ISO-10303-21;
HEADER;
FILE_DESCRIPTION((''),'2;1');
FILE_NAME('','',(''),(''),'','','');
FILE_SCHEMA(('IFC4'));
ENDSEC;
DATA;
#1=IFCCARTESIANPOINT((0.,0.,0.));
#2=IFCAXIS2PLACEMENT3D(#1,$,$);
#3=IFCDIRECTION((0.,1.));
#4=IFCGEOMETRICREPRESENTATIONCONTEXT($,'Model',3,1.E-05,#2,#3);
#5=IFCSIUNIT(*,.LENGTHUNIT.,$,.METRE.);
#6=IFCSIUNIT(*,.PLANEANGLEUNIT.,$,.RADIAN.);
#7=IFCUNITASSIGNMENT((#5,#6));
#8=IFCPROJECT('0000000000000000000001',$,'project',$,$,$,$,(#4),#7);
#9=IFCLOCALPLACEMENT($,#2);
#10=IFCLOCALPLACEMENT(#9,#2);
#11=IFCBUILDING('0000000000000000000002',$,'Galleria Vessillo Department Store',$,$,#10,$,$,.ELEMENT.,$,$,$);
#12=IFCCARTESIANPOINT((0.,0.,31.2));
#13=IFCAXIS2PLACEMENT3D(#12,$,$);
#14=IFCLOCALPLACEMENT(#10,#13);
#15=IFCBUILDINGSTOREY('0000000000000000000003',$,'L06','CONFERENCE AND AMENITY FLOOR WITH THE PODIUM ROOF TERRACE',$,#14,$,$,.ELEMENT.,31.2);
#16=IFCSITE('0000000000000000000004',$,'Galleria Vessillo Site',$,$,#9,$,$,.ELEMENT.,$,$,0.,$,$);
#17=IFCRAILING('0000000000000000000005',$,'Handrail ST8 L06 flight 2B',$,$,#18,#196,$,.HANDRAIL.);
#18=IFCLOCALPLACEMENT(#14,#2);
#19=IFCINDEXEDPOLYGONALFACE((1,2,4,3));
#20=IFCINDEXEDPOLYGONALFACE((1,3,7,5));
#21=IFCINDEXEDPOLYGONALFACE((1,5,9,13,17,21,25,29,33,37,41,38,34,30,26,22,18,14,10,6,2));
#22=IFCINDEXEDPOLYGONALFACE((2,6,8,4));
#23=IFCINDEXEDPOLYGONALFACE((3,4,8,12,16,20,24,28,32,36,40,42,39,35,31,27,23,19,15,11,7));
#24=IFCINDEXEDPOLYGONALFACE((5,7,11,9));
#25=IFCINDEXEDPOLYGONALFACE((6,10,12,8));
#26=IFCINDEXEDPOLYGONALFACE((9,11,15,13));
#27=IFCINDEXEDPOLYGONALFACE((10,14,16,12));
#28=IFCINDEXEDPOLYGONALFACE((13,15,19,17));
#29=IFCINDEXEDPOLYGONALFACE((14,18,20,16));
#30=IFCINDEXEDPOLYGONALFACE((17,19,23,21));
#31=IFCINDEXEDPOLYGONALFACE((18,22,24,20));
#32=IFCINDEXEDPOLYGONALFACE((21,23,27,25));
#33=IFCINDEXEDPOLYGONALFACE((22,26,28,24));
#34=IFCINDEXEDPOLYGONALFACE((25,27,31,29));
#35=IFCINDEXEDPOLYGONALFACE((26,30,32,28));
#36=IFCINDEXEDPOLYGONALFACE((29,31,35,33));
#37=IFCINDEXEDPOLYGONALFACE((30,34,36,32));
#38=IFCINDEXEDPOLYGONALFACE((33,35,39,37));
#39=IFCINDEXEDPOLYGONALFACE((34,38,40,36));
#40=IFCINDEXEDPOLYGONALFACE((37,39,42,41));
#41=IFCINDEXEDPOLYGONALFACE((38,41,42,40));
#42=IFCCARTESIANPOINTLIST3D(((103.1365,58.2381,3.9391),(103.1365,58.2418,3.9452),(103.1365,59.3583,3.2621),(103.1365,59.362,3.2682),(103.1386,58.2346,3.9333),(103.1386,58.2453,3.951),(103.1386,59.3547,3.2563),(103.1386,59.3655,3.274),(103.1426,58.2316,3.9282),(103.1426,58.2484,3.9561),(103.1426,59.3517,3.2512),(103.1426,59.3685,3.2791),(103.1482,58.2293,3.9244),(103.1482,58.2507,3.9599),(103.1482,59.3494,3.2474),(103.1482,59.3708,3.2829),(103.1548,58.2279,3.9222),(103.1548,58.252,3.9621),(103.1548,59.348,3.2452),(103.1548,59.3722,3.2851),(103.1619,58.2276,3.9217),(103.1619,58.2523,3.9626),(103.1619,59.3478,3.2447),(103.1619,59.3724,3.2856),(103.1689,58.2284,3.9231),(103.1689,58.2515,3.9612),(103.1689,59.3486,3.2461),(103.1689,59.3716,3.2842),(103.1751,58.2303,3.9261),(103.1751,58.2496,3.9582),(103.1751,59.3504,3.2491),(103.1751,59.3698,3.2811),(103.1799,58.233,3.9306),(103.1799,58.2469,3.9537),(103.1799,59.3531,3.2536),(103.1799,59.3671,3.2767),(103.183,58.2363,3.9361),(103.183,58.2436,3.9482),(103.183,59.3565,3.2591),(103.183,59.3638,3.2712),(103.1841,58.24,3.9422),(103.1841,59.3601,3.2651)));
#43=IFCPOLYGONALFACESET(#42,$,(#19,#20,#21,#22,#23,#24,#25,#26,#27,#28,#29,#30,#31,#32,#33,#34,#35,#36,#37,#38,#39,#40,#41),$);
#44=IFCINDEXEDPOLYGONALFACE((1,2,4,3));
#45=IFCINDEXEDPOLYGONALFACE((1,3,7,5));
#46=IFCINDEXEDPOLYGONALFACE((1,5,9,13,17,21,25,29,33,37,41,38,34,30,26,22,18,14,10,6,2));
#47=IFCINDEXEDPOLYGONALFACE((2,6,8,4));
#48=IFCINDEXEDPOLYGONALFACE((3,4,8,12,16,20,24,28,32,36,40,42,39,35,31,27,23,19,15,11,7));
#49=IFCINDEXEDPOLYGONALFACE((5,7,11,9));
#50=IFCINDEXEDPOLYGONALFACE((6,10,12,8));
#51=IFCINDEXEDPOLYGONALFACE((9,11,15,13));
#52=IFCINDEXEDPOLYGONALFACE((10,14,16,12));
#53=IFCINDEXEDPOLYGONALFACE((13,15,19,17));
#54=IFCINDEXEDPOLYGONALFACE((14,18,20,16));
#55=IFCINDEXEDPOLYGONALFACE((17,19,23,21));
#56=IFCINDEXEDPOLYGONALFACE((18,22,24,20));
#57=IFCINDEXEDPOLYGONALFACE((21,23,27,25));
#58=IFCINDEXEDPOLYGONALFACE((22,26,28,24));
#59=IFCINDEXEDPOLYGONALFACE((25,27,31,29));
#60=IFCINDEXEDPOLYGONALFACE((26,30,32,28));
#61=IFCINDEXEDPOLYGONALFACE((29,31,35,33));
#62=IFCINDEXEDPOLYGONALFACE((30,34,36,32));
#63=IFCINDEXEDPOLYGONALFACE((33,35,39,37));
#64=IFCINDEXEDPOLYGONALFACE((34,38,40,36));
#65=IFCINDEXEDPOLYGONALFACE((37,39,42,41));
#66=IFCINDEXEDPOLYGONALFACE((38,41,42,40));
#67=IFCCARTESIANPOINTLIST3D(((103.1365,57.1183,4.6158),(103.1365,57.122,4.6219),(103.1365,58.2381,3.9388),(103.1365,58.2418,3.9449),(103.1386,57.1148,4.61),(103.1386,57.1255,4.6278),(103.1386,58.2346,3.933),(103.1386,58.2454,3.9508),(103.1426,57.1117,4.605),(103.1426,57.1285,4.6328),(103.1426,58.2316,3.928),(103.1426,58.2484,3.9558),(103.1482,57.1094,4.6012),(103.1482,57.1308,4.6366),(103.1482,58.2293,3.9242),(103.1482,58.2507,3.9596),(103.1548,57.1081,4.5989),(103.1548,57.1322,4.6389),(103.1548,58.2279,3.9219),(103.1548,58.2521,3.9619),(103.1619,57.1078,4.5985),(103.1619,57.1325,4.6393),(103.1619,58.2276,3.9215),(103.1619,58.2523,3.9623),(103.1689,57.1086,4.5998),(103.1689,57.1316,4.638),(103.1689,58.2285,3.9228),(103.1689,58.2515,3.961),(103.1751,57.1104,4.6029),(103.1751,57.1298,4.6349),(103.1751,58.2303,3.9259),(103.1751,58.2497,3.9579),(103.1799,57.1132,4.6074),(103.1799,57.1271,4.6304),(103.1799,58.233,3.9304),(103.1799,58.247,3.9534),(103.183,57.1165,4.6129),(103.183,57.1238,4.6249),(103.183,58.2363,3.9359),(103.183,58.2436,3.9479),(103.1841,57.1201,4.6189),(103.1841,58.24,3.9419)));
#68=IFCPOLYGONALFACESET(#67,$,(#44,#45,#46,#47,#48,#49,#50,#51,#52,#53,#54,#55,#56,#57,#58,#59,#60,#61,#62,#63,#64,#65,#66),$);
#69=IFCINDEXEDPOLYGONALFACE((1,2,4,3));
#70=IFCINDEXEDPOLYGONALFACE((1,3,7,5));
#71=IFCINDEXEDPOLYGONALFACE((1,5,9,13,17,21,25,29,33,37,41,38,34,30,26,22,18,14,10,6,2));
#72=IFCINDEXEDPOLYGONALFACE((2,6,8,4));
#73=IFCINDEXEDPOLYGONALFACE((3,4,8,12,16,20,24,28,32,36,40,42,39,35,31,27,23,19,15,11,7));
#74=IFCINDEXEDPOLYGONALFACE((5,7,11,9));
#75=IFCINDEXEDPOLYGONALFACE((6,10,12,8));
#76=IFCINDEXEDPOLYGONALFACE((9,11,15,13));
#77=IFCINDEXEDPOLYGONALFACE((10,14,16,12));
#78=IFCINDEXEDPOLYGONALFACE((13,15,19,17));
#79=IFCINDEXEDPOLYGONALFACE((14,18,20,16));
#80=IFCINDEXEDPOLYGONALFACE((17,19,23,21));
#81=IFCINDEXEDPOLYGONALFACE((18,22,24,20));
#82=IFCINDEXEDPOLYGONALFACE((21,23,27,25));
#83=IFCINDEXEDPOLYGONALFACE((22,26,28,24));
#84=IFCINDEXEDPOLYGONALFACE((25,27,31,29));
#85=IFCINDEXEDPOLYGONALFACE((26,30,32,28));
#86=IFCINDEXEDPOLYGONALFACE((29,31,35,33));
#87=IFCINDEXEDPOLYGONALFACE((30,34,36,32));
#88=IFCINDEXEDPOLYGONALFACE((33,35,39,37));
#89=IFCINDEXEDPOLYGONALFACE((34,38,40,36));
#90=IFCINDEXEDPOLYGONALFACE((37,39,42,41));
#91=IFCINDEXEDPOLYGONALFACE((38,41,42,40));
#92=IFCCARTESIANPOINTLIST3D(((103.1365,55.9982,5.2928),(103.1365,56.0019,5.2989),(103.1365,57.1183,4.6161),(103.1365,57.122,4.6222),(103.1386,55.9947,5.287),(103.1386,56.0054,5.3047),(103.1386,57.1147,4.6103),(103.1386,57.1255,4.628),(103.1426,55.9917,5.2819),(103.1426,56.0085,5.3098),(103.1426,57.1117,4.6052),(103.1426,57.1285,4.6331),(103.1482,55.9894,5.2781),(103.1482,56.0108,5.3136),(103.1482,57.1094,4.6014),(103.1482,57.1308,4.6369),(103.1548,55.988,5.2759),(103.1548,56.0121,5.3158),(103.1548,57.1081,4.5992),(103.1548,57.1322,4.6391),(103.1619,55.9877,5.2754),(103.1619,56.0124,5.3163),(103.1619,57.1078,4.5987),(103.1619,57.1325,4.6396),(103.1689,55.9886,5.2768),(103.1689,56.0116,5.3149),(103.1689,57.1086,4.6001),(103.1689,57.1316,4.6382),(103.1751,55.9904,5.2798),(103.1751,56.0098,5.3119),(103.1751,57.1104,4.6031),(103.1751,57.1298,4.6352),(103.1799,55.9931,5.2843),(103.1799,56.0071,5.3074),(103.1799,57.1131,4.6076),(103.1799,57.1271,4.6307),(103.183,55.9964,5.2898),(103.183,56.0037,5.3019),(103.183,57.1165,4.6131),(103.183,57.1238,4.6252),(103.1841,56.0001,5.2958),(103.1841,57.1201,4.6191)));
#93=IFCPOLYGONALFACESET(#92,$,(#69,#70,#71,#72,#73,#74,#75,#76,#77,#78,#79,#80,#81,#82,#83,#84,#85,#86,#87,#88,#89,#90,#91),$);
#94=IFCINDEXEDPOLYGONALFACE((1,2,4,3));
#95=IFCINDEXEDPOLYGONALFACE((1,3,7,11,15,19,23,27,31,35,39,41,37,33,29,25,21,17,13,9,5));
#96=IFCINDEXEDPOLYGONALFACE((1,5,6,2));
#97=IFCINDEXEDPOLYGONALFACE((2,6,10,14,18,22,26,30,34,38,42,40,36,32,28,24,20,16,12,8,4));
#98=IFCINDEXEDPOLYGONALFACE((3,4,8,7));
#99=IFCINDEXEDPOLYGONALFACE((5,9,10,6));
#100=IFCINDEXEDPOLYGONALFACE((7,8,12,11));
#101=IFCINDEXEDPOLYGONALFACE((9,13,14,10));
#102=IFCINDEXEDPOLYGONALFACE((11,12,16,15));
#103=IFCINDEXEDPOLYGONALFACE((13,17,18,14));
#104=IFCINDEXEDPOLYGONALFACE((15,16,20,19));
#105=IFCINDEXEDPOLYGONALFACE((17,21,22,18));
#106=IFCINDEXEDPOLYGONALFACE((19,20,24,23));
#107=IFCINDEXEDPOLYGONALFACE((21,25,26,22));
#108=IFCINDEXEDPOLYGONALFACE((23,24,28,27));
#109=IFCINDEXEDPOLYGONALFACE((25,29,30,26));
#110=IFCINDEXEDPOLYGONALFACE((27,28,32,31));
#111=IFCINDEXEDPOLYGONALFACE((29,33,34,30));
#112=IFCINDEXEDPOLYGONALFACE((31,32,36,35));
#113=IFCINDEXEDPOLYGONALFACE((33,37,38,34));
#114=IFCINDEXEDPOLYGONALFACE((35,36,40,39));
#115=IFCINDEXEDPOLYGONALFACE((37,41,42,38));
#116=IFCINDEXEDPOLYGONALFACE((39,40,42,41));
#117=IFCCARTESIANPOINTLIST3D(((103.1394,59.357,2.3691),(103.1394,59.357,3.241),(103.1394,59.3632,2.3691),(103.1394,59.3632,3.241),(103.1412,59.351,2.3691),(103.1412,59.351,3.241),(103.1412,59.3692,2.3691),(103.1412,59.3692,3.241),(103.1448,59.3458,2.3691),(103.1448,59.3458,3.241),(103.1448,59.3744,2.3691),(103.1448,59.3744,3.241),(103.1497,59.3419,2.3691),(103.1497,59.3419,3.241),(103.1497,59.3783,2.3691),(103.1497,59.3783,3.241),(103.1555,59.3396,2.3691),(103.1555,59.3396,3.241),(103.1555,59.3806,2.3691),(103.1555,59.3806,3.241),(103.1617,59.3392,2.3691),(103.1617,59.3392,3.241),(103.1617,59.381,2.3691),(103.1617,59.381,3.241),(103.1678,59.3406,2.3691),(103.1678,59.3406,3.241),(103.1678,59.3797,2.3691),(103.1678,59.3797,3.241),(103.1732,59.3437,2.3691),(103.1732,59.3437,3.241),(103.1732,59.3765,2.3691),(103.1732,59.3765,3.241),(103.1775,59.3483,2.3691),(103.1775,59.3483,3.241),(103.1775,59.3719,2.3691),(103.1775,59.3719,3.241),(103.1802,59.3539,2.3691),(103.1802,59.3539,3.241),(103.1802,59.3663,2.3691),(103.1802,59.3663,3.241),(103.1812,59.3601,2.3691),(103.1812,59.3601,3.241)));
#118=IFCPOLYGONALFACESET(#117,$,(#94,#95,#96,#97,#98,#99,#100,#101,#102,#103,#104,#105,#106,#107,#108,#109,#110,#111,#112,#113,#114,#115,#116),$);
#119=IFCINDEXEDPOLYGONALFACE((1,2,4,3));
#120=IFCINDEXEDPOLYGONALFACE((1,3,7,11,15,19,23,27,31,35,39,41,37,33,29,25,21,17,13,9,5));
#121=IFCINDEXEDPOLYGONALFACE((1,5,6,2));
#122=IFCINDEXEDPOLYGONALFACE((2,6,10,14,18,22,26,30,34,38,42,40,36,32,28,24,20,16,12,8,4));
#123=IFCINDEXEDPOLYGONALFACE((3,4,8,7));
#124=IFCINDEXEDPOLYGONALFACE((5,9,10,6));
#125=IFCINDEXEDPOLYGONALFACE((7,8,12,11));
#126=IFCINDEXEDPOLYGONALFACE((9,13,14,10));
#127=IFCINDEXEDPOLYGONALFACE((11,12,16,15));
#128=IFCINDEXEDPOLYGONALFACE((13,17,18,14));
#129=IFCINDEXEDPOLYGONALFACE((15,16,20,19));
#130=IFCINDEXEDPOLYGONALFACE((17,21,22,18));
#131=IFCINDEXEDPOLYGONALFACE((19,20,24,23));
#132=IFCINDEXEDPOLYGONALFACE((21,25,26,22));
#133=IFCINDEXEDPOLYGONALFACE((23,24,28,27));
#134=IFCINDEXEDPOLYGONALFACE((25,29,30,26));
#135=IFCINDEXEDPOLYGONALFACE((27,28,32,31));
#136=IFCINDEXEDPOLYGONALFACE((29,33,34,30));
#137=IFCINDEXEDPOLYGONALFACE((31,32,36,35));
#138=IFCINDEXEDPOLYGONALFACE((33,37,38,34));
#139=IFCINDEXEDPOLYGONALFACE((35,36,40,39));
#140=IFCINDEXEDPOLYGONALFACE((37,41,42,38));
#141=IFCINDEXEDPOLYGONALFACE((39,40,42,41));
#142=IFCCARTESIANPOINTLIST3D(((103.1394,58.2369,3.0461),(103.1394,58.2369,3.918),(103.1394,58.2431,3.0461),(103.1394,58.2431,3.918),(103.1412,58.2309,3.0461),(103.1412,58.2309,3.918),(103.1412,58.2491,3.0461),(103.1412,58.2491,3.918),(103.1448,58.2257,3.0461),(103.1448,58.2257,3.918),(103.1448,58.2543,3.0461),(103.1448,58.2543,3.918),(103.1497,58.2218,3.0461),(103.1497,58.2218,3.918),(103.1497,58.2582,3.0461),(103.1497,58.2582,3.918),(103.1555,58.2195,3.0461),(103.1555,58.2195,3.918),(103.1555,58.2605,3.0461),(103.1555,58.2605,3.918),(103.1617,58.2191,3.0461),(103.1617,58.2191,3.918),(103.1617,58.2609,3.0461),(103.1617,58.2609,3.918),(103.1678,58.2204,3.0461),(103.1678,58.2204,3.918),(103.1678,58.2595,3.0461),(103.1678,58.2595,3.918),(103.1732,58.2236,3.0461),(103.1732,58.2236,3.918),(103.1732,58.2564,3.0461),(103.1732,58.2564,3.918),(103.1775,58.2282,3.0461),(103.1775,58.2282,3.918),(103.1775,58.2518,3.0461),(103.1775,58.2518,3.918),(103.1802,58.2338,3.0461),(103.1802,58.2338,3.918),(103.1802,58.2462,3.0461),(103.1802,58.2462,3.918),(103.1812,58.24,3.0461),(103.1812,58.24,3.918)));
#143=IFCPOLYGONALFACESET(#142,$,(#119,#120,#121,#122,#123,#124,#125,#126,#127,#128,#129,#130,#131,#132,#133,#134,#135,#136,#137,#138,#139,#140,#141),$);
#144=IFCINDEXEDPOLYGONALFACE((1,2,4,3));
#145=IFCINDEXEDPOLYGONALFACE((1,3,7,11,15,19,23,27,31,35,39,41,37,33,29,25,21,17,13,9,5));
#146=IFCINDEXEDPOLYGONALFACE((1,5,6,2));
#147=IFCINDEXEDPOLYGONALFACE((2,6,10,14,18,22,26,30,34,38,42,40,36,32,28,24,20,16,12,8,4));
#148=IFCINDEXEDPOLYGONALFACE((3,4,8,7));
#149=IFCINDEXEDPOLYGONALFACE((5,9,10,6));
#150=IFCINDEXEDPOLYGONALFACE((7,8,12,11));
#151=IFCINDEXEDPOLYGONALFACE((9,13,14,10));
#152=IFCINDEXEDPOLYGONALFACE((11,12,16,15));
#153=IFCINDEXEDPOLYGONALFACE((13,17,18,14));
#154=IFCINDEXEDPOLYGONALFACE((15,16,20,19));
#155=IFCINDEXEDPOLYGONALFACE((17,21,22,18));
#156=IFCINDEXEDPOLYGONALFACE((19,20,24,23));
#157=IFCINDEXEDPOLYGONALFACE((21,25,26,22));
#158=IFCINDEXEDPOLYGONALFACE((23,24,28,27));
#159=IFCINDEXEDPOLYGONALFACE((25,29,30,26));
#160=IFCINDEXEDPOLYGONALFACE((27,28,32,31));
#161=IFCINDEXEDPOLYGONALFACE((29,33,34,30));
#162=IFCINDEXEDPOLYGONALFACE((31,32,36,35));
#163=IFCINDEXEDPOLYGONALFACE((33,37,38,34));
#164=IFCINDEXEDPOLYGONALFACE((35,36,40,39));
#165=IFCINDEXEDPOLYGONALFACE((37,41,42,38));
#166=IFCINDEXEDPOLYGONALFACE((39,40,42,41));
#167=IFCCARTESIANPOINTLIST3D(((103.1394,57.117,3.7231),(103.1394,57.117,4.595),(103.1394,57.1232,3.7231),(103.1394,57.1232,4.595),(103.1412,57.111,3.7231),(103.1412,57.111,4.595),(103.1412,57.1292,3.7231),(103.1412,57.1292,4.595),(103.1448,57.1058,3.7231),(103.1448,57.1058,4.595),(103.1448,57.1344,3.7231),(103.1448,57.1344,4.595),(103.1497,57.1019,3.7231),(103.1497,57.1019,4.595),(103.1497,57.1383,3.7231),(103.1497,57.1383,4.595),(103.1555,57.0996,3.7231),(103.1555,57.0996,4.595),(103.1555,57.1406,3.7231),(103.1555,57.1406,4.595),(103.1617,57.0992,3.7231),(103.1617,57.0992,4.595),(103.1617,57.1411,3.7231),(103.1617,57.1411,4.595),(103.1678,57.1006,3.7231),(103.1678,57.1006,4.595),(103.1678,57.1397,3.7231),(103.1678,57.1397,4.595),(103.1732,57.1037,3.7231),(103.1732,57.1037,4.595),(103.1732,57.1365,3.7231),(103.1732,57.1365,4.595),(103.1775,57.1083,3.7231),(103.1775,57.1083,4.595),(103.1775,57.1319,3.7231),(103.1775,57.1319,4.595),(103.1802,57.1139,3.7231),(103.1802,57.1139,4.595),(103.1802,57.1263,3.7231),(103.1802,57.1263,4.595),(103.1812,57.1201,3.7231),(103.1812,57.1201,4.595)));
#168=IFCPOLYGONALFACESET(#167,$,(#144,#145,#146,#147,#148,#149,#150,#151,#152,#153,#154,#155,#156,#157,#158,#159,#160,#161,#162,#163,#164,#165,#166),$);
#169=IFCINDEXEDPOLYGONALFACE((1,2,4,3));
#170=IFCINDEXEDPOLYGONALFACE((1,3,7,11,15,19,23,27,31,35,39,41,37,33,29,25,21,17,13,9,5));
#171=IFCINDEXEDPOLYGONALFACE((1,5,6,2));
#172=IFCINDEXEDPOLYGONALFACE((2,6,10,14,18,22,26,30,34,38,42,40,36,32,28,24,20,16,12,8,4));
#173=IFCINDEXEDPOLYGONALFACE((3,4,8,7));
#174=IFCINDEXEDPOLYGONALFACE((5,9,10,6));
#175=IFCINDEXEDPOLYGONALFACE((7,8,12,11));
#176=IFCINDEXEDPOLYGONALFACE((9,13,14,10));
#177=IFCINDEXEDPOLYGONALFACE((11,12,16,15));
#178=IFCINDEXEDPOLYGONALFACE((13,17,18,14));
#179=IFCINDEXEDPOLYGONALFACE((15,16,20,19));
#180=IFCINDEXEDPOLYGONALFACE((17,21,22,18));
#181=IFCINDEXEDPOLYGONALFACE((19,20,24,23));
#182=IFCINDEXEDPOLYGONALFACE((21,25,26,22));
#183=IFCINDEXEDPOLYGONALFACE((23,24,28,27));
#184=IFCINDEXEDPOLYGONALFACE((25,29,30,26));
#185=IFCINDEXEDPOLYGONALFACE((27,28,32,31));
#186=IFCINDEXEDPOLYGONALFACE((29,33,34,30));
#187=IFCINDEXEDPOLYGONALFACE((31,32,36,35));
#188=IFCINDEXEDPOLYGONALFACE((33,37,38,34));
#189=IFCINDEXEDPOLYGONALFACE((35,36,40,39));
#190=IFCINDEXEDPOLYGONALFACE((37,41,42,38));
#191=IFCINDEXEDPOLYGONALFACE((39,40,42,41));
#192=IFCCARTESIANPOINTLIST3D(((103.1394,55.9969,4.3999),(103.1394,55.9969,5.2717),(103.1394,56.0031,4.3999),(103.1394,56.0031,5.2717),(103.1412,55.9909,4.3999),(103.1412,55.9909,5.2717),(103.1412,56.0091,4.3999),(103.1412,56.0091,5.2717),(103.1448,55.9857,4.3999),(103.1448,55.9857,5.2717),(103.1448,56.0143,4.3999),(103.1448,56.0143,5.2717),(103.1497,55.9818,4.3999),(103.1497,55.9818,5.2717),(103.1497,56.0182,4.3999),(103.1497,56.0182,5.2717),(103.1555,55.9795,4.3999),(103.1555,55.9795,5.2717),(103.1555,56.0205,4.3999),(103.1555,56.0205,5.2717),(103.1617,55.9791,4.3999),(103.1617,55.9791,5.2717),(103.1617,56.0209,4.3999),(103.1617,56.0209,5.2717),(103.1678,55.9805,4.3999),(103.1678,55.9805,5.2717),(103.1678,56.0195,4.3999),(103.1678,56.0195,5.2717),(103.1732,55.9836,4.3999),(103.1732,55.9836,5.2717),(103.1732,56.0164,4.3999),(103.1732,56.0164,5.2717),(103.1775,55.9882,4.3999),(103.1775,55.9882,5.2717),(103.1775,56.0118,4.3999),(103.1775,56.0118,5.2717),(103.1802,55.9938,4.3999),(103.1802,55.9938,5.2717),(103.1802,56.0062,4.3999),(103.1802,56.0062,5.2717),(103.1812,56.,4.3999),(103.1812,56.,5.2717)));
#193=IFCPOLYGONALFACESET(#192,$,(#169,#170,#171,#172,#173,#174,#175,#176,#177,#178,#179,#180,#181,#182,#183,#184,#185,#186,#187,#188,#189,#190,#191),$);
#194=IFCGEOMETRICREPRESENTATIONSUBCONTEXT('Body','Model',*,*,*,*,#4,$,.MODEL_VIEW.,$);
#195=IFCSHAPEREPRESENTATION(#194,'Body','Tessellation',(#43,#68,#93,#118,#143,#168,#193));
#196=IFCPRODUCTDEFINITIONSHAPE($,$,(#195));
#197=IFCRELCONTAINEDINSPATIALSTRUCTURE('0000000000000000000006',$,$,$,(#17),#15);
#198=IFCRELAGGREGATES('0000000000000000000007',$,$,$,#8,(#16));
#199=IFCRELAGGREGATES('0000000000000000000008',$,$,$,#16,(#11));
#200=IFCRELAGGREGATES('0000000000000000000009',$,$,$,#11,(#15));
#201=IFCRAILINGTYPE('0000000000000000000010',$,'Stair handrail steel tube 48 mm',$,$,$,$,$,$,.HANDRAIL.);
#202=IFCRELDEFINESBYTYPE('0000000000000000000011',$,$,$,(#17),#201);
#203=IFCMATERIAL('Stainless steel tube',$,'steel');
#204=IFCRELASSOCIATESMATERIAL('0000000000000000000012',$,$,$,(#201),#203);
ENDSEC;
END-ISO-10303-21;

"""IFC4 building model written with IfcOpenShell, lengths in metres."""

from ifc_helpers import new_model, si_unit, direction, frame, origin, origin_2d, place, context, subcontext, project, spatial, circle, extrude, material, type_object, element, save


model = new_model("IFC4")

# Units and contexts
model_context = context("Model", 3, precision=1e-05, world=origin(), true_north=direction((0.0, 1.0)))
body_context = subcontext(model_context, "Body", "Model", "MODEL_VIEW")
ifc_project = project(units=[si_unit("LENGTHUNIT", "METRE"), si_unit("PLANEANGLEUNIT", "RADIAN")], contexts=[model_context])

# Site, building, storey
site_placement = place(None, origin())
site = spatial("IfcSite", under=ifc_project, at=site_placement, Name="Galleria Vessillo Site", CompositionType="ELEMENT", RefElevation=0.0)
building_placement = place(site_placement, origin())
building = spatial("IfcBuilding", under=site, at=building_placement, Name="Galleria Vessillo Department Store", CompositionType="ELEMENT")
storey_placement = place(building_placement, frame((0.0, 0.0, 31.2)))
storey = spatial("IfcBuildingStorey", under=building, at=storey_placement, Name="L06", Description="CONFERENCE AND AMENITY FLOOR WITH THE PODIUM ROOF TERRACE", CompositionType="ELEMENT", Elevation=31.2)

# Railing
ifc_material_1 = material(Name="Stainless steel tube", Category="steel")
railing_type = type_object("IfcRailingType", Name="Stair handrail steel tube 48 mm", PredefinedType="HANDRAIL", material=ifc_material_1)
railing_placement = place(storey_placement, frame((103.1602, 59.3601, 2.3691)))
element("IfcRailing", 1, at=railing_placement, inside=storey, type_object=railing_type, Name="Handrail ST8 L06 flight 2B", PredefinedType="HANDRAIL", context=body_context, shape_type="SweptSolid", body=[
    extrude(circle(Radius=0.0239, at=origin_2d()), frame((0.0, 0.0, 0.896), z_axis=(0.0, -0.855826, 0.517264), x_axis=(1.0, 0.0, 0.0)), (0.0, 0.0, 1.0), 1.3088),
    extrude(circle(Radius=0.0239, at=origin_2d()), frame((0.0, -1.1201, 1.5728), z_axis=(0.0, -0.855776, 0.517346), x_axis=(1.0, 0.0, 0.0)), (0.0, 0.0, 1.0), 1.3086),
    extrude(circle(Radius=0.0239, at=origin_2d()), frame((0.0, -2.24, 2.25), z_axis=(0.0, -0.855909, 0.517127), x_axis=(1.0, 0.0, 0.0)), (0.0, 0.0, 1.0), 1.3086),
    extrude(circle(Radius=0.021, at=origin_2d()), origin(), (0.0, 0.0, 1.0), 0.8718),
    extrude(circle(Radius=0.021, at=origin_2d()), frame((0.0, -1.1201, 0.677)), (0.0, 0.0, 1.0), 0.8718),
    extrude(circle(Radius=0.021, at=origin_2d()), frame((0.0, -2.24, 1.354)), (0.0, 0.0, 1.0), 0.8718),
    extrude(circle(Radius=0.021, at=origin_2d()), frame((0.0, -3.3601, 2.0308)), (0.0, 0.0, 1.0), 0.8718),
])

save(model, "model.ifc")
